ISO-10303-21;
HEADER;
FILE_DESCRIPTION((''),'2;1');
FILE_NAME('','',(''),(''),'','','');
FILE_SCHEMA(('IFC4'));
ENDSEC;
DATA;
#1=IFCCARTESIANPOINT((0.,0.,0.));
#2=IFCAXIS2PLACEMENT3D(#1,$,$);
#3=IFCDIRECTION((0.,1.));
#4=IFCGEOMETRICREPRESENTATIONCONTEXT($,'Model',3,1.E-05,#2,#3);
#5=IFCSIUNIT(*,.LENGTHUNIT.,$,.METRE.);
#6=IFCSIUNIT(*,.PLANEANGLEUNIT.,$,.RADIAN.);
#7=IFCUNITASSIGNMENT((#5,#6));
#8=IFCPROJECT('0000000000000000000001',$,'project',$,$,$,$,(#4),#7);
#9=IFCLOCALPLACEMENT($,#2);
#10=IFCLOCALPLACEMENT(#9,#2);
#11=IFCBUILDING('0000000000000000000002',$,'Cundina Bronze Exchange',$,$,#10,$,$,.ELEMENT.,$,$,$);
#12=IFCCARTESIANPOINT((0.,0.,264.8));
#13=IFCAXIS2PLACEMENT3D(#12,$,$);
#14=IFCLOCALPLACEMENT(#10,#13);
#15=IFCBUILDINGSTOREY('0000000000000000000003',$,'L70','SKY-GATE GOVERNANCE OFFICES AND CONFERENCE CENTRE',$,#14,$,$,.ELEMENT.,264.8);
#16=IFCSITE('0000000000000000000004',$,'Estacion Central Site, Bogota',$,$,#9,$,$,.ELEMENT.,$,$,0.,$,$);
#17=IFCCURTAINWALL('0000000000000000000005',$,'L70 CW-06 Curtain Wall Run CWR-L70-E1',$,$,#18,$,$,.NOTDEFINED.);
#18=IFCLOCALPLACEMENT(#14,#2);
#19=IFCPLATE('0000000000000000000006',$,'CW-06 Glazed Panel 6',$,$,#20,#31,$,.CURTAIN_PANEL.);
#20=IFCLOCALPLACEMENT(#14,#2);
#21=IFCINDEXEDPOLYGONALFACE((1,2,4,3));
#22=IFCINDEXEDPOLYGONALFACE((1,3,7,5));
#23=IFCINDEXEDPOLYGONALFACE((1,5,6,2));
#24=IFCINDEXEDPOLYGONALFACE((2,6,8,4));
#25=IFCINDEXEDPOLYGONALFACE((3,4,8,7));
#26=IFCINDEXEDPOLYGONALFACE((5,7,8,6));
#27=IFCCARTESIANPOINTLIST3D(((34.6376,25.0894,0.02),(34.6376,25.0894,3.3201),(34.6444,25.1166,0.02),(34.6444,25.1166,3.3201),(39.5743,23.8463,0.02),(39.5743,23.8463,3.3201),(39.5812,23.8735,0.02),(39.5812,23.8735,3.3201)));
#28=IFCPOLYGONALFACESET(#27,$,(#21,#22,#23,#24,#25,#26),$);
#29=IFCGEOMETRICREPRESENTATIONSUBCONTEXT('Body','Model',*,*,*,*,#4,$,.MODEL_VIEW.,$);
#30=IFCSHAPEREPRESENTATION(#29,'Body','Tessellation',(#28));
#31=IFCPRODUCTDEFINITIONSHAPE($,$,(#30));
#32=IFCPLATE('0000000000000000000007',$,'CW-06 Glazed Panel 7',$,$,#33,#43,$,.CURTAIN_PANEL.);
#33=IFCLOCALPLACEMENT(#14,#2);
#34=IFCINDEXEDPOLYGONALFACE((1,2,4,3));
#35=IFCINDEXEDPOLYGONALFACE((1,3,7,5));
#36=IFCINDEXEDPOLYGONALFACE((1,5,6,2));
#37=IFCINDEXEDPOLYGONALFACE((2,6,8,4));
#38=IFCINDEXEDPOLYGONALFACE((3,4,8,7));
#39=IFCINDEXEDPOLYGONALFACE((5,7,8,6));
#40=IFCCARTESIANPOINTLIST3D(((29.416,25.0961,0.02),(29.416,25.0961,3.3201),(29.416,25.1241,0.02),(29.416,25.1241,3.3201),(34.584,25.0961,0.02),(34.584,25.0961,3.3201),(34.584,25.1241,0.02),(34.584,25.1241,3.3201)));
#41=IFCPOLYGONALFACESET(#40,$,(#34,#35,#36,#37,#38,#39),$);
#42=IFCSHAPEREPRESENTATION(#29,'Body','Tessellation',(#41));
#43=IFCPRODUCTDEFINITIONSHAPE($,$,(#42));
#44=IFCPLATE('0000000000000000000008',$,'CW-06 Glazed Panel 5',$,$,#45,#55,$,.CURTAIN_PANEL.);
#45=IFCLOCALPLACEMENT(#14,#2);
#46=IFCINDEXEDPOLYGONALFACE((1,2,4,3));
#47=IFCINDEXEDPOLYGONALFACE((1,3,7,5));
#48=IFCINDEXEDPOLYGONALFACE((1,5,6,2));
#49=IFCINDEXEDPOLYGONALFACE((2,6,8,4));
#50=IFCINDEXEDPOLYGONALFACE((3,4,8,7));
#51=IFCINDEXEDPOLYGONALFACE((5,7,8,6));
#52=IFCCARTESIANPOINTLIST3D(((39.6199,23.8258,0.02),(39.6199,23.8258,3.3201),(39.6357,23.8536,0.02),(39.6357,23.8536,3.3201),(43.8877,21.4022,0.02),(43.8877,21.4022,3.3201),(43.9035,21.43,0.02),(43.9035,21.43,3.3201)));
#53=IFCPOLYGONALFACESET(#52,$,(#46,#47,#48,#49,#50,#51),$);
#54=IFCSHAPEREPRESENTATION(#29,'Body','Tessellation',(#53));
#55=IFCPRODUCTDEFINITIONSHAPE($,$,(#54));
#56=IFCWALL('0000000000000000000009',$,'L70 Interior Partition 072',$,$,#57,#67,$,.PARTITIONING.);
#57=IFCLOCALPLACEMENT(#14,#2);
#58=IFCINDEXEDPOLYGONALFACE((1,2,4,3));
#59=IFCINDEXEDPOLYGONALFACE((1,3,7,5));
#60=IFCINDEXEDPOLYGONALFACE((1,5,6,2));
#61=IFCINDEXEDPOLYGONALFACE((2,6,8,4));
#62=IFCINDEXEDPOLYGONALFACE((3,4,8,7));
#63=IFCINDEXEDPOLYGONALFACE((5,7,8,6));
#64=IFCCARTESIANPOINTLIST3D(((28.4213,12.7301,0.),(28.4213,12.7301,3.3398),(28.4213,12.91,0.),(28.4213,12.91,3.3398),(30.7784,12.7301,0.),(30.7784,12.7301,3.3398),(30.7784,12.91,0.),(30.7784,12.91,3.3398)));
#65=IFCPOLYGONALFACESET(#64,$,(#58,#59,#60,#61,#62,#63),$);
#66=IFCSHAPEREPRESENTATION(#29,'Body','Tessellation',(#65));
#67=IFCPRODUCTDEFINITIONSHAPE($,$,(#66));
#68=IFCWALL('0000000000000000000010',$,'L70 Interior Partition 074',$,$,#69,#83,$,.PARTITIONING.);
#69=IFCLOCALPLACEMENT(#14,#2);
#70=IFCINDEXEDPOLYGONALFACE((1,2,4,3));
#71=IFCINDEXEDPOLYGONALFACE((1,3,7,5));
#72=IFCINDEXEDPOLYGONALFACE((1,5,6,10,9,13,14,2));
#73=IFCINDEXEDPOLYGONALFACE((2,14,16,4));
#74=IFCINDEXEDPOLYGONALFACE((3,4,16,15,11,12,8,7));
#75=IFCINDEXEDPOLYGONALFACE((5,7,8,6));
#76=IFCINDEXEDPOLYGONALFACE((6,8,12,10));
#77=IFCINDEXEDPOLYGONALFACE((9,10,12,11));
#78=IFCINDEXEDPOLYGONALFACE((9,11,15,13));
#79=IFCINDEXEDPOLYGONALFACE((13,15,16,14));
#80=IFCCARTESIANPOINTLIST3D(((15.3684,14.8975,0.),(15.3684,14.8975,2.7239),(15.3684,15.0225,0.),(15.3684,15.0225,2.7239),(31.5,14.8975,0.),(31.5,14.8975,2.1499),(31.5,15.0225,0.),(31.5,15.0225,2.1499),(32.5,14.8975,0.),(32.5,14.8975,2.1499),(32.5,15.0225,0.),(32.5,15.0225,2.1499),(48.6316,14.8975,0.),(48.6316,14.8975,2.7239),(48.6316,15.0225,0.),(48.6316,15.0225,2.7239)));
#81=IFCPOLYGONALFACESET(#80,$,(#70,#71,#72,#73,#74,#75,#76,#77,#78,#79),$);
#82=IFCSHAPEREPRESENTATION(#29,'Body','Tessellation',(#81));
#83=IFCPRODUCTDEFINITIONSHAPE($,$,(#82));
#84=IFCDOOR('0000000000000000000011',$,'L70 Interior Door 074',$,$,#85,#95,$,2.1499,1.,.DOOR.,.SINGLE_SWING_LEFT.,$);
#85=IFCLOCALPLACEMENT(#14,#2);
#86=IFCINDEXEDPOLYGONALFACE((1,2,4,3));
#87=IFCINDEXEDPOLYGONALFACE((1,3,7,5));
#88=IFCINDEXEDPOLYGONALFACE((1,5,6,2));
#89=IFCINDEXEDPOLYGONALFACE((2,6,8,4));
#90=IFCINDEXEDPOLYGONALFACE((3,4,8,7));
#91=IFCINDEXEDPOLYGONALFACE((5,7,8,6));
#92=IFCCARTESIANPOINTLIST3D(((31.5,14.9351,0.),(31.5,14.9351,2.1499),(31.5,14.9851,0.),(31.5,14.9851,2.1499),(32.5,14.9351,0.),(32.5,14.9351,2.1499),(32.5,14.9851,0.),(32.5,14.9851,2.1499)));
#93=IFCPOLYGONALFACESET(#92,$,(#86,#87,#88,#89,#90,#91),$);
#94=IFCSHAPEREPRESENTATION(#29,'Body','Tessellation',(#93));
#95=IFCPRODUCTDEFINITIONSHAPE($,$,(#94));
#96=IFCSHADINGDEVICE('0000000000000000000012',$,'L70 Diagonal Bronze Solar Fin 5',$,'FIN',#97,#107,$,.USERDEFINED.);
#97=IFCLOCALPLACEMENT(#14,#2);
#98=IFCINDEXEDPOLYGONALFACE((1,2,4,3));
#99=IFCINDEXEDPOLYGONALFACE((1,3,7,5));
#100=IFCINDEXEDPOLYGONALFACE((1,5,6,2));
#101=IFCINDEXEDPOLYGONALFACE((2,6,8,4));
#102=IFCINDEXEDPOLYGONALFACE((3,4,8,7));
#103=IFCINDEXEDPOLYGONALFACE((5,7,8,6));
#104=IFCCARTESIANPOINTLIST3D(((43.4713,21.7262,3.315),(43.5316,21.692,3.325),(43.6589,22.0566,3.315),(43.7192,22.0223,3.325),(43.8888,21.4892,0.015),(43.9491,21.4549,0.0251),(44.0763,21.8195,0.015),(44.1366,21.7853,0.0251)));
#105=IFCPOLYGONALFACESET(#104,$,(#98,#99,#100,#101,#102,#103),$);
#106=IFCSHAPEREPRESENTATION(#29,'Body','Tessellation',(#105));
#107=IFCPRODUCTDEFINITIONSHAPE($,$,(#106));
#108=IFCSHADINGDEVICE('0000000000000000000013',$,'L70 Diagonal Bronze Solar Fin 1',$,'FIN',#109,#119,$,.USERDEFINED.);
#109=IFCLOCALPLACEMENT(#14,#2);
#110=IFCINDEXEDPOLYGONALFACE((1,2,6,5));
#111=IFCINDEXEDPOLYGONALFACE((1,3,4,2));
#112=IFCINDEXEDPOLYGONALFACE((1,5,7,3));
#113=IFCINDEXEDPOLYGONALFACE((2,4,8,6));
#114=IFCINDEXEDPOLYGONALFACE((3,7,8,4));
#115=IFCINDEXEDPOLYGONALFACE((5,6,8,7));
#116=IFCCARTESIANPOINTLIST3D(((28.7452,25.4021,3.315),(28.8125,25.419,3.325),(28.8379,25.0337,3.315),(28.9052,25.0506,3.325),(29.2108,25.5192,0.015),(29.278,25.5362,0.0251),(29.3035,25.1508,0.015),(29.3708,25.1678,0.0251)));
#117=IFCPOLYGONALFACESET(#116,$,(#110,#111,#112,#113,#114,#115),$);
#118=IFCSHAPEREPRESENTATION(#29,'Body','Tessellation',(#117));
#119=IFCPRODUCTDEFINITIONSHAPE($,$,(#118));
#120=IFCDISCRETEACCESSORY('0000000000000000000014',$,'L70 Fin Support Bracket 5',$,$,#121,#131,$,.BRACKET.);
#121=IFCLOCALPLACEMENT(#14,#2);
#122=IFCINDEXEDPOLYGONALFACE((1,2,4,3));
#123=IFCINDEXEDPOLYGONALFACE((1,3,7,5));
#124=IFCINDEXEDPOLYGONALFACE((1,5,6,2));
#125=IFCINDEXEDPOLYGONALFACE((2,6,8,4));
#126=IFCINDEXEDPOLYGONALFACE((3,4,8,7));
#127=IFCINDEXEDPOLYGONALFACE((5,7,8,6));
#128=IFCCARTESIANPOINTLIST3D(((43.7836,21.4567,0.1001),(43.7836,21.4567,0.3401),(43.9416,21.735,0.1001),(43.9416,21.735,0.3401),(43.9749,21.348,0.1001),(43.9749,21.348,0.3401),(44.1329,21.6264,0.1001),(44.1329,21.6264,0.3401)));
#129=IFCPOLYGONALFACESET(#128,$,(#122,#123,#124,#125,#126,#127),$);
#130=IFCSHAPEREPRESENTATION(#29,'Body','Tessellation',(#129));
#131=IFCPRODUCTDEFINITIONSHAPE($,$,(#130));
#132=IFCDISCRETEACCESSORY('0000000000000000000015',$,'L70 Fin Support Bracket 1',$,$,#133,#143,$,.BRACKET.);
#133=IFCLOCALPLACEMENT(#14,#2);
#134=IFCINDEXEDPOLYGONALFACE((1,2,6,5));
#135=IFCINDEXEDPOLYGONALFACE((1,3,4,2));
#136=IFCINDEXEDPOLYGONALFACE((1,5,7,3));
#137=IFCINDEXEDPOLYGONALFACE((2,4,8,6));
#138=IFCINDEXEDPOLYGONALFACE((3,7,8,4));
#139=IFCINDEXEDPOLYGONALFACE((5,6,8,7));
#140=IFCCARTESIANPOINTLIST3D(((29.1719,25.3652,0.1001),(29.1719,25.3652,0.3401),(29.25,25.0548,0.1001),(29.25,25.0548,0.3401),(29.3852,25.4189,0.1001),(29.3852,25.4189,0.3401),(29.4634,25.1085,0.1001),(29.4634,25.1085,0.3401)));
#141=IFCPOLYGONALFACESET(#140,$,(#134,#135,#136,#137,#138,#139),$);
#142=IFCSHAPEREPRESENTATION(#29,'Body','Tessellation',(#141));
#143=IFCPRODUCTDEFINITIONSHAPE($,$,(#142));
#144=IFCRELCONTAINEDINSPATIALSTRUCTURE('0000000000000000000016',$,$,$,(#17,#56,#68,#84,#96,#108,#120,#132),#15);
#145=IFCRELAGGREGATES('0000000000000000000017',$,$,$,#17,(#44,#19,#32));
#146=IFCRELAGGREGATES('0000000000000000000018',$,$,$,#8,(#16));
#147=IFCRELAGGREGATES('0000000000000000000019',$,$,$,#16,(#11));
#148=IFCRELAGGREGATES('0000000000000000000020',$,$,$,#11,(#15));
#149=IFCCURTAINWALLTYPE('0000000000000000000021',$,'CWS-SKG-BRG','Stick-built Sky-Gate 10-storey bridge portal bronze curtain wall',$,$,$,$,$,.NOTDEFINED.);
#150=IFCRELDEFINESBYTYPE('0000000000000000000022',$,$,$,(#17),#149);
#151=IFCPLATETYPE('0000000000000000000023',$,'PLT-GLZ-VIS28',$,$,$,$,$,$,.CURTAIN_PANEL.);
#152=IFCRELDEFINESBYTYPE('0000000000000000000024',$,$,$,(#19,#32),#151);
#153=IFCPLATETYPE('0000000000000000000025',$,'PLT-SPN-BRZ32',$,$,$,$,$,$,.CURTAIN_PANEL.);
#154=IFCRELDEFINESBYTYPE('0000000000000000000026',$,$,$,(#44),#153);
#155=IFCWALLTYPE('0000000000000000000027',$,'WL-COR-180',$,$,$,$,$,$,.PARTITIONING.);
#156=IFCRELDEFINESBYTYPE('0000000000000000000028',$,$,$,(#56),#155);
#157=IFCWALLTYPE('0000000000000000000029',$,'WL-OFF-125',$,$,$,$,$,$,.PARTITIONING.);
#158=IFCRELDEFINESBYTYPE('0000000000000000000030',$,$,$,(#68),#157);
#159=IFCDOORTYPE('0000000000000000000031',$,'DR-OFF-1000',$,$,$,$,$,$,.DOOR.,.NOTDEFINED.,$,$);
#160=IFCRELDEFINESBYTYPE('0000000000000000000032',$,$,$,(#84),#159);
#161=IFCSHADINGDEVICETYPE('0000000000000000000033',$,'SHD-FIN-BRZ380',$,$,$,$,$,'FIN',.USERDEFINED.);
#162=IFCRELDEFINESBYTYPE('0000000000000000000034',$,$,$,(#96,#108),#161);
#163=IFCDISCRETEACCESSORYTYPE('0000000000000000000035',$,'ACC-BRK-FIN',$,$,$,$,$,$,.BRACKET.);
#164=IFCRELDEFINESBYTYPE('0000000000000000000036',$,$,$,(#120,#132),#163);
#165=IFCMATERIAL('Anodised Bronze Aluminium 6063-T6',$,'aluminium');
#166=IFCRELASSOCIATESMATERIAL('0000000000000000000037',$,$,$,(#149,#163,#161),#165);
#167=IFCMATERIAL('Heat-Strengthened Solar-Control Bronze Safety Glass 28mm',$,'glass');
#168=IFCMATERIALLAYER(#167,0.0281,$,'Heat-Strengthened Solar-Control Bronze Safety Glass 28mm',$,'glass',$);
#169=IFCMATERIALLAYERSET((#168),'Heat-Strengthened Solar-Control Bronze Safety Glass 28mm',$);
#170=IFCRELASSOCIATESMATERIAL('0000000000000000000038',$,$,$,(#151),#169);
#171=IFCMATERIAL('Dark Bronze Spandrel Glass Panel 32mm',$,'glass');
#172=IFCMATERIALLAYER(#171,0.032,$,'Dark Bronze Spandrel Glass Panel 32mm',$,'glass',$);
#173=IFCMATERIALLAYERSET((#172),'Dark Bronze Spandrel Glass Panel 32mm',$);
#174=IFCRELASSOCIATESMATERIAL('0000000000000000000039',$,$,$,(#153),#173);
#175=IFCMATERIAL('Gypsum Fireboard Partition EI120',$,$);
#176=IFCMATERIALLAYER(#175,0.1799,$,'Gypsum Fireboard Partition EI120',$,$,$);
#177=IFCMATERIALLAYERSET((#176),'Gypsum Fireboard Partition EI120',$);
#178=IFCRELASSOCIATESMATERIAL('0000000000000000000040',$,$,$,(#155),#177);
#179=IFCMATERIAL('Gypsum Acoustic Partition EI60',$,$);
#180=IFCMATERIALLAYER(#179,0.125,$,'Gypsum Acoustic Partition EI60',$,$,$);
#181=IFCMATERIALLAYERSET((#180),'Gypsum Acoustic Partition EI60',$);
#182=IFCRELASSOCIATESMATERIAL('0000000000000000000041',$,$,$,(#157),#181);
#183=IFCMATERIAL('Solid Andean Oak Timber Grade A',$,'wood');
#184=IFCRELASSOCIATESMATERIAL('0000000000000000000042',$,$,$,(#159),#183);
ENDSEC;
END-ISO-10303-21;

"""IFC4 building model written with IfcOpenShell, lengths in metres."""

from ifc_helpers import new_model, si_unit, direction, frame, frame_2d, origin, origin_2d, place, context, subcontext, project, spatial, rectangle, extrude, material, layer, layer_set, material_profile, profile_set, type_object, element, fill, aggregate, save


model = new_model("IFC4")

# Units and contexts
model_context = context("Model", 3, precision=1e-05, world=origin(), true_north=direction((0.0, 1.0)))
body_context = subcontext(model_context, "Body", "Model", "MODEL_VIEW")
ifc_project = project(units=[si_unit("LENGTHUNIT", "METRE"), si_unit("PLANEANGLEUNIT", "RADIAN")], contexts=[model_context])

# Site, building, storey
site_placement = place(None, origin())
site = spatial("IfcSite", under=ifc_project, at=site_placement, Name="Estacion Central Site, Bogota", CompositionType="ELEMENT", RefElevation=0.0)
building_placement = place(site_placement, origin())
building = spatial("IfcBuilding", under=site, at=building_placement, Name="Cundina Bronze Exchange", CompositionType="ELEMENT")
storey_placement = place(building_placement, frame((0.0, 0.0, 264.8)))
storey = spatial("IfcBuildingStorey", under=building, at=storey_placement, Name="L70", Description="SKY-GATE GOVERNANCE OFFICES AND CONFERENCE CENTRE", CompositionType="ELEMENT", Elevation=264.8)

# Curtain wall
ifc_material_1 = material(Name="Anodised Bronze Aluminium 6063-T6", Category="aluminium")
curtain_wall_type = type_object("IfcCurtainWallType", Name="CWS-SKG-BRG", Description="Stick-built Sky-Gate 10-storey bridge portal bronze curtain wall", PredefinedType="NOTDEFINED", material=ifc_material_1)
curtain_wall_1_placement = place(storey_placement, origin())
curtain_wall_1 = element("IfcCurtainWall", 1, at=curtain_wall_1_placement, inside=storey, type_object=curtain_wall_type, Name="L70 CW-06 Curtain Wall Run CWR-L70-E1", PredefinedType="NOTDEFINED")

# Plates
ifc_material_2 = material(Name="Heat-Strengthened Solar-Control Bronze Safety Glass 28mm", Category="glass")
ifc_layer_1 = layer(ifc_material_2, 0.0281, Name="Heat-Strengthened Solar-Control Bronze Safety Glass 28mm", Category="glass")
ifc_layer_set_1 = layer_set([ifc_layer_1], Name="Heat-Strengthened Solar-Control Bronze Safety Glass 28mm")
plate_type_1 = type_object("IfcPlateType", Name="PLT-GLZ-VIS28", PredefinedType="CURTAIN_PANEL", material=ifc_layer_set_1)
plate_1_placement = place(storey_placement, frame((37.1094, 24.4814, 0.02), z_axis=(0.0, 0.0, 1.0), x_axis=(-0.969732, 0.244174, 0.0)))
plate_1 = element("IfcPlate", 2, at=plate_1_placement, type_object=plate_type_1, Name="CW-06 Glazed Panel 6", PredefinedType="CURTAIN_PANEL", context=body_context, shape_type="SweptSolid", body=[
    extrude(rectangle(XDim=5.0908, YDim=0.0281, at=origin_2d()), origin(), (0.0, 0.0, 1.0), 3.3),
])
plate_2_placement = place(storey_placement, frame((32.0, 25.1101, 0.02), z_axis=(0.0, 0.0, 1.0), x_axis=(-1.0, 0.0, 0.0)))
plate_2 = element("IfcPlate", 3, at=plate_2_placement, type_object=plate_type_1, Name="CW-06 Glazed Panel 7", PredefinedType="CURTAIN_PANEL", context=body_context, shape_type="SweptSolid", body=[
    extrude(rectangle(XDim=5.168, YDim=0.0281, at=origin_2d()), origin(), (0.0, 0.0, 1.0), 3.3),
])
ifc_material_3 = material(Name="Dark Bronze Spandrel Glass Panel 32mm", Category="glass")
ifc_layer_2 = layer(ifc_material_3, 0.032, Name="Dark Bronze Spandrel Glass Panel 32mm", Category="glass")
ifc_layer_set_2 = layer_set([ifc_layer_2], Name="Dark Bronze Spandrel Glass Panel 32mm")
plate_type_2 = type_object("IfcPlateType", Name="PLT-SPN-BRZ32", PredefinedType="CURTAIN_PANEL", material=ifc_layer_set_2)
plate_3_placement = place(storey_placement, frame((41.7617, 22.6279, 0.02), z_axis=(0.0, 0.0, 1.0), x_axis=(-0.869573, 0.493805, 0.0)))
plate_3 = element("IfcPlate", 4, at=plate_3_placement, type_object=plate_type_2, Name="CW-06 Glazed Panel 5", PredefinedType="CURTAIN_PANEL", context=body_context, shape_type="SweptSolid", body=[
    extrude(rectangle(XDim=4.908, YDim=0.032, at=origin_2d()), origin(), (0.0, 0.0, 1.0), 3.3),
])
aggregate(curtain_wall_1, [plate_3, plate_1, plate_2])

# Wall
ifc_material_4 = material(Name="Gypsum Fireboard Partition EI120")
ifc_layer_3 = layer(ifc_material_4, 0.1799, Name="Gypsum Fireboard Partition EI120")
ifc_layer_set_3 = layer_set([ifc_layer_3], Name="Gypsum Fireboard Partition EI120")
wall_type_1 = type_object("IfcWallType", Name="WL-COR-180", PredefinedType="PARTITIONING", material=ifc_layer_set_3)
wall_1_placement = place(storey_placement, frame((30.7786, 12.8201, 0.0), z_axis=(0.0, 0.0, 1.0), x_axis=(-1.0, 0.0, 0.0)))
element("IfcWall", 5, at=wall_1_placement, inside=storey, type_object=wall_type_1, Name="L70 Interior Partition 072", PredefinedType="PARTITIONING", context=body_context, shape_type="SweptSolid", body=[
    extrude(rectangle(XDim=2.3572, YDim=0.1799, at=frame_2d((1.1787, 0.0))), origin(), (0.0, 0.0, 1.0), 3.3398),
])

# Wall, opening, door
ifc_material_5 = material(Name="Gypsum Acoustic Partition EI60")
ifc_layer_4 = layer(ifc_material_5, 0.125, Name="Gypsum Acoustic Partition EI60")
ifc_layer_set_4 = layer_set([ifc_layer_4], Name="Gypsum Acoustic Partition EI60")
wall_type_2 = type_object("IfcWallType", Name="WL-OFF-125", PredefinedType="PARTITIONING", material=ifc_layer_set_4)
wall_2_placement = place(storey_placement, frame((48.6316, 14.96, 0.0), z_axis=(0.0, 0.0, 1.0), x_axis=(-1.0, 0.0, 0.0)))
wall_2 = element("IfcWall", 6, at=wall_2_placement, inside=storey, type_object=wall_type_2, Name="L70 Interior Partition 074", PredefinedType="PARTITIONING", context=body_context, shape_type="SweptSolid", body=[
    extrude(rectangle(XDim=33.2632, YDim=0.125, at=frame_2d((16.6316, 0.0))), origin(), (0.0, 0.0, 1.0), 2.7239),
])
opening_placement = place(wall_2_placement, frame((16.1316, 0.0, 0.0)))
opening = element("IfcOpeningElement", 7, at=opening_placement, cuts=wall_2, PredefinedType="OPENING", context=body_context, shape_type="SweptSolid", body=[
    extrude(rectangle(XDim=1.0, YDim=2.1499, at=frame_2d((0.5, 1.075))), frame((0.0, 0.0725, 0.0), z_axis=(0.0, -1.0, 0.0), x_axis=(1.0, 0.0, 0.0)), (0.0, 0.0, 1.0), 0.145),
])
ifc_material_6 = material(Name="Solid Andean Oak Timber Grade A", Category="wood")
door_type = type_object("IfcDoorType", Name="DR-OFF-1000", OperationType="NOTDEFINED", PredefinedType="DOOR", material=ifc_material_6)
door_placement = place(opening_placement, origin())
door = element("IfcDoor", 8, at=door_placement, inside=storey, type_object=door_type, Name="L70 Interior Door 074", OperationType="SINGLE_SWING_LEFT", OverallHeight=2.1499, OverallWidth=1.0, PredefinedType="DOOR", context=body_context, shape_type="SweptSolid", body=[
    extrude(rectangle(XDim=1.0, YDim=2.1499, at=frame_2d((0.5, 1.075))), frame((0.0, 0.0249, 0.0), z_axis=(0.0, -1.0, 0.0), x_axis=(1.0, 0.0, 0.0)), (0.0, 0.0, 1.0), 0.05),
])
fill(opening, door)

# Shading devices
ifc_material_profile_1 = material_profile(ifc_material_1, rectangle(XDim=0.0701, YDim=0.3799, at=origin_2d()), Name="FIN70X380", Category="aluminium")
ifc_profile_set_1 = profile_set([ifc_material_profile_1], Name="Anodised Bronze Aluminium 6063-T6")
shading_device_type = type_object("IfcShadingDeviceType", Name="SHD-FIN-BRZ380", ElementType="FIN", PredefinedType="USERDEFINED", material=ifc_profile_set_1)
for number, where, z_axis, x_axis, name in (
    (9, (44.0127, 21.6372, 0.02), (-0.12519, 0.071087, 0.989583), (0.860527, -0.488638, 0.143965), "L70 Diagonal Bronze Solar Fin 5"),
    (10, (29.2908, 25.3435, 0.02), (-0.139612, -0.035141, 0.989583), (0.95965, 0.241548, 0.143967), "L70 Diagonal Bronze Solar Fin 1"),
):
    element("IfcShadingDevice", number, at=place(storey_placement, frame(where, z_axis=z_axis, x_axis=x_axis)), inside=storey, type_object=shading_device_type, Name=name, ObjectType="FIN", PredefinedType="USERDEFINED", context=body_context, shape_type="SweptSolid", body=[
        extrude(rectangle(XDim=0.0701, YDim=0.3799, at=origin_2d()), origin(), (0.0, 0.0, 1.0), 3.3347),
    ])

# Discrete accessories
discrete_accessory_type = type_object("IfcDiscreteAccessoryType", Name="ACC-BRK-FIN", PredefinedType="BRACKET", material=ifc_material_1)
for number, where, z_axis, x_axis, name in (
    (11, (43.9583, 21.5415, 0.1001), (0.0, 0.0, 1.0), (-0.869573, 0.493805, 0.0), "L70 Fin Support Bracket 5"),
    (12, (29.3176, 25.2368, 0.1001), (0.0, 0.0, 1.0), (-0.969732, -0.244174, 0.0), "L70 Fin Support Bracket 1"),
):
    element("IfcDiscreteAccessory", number, at=place(storey_placement, frame(where, z_axis=z_axis, x_axis=x_axis)), inside=storey, type_object=discrete_accessory_type, Name=name, PredefinedType="BRACKET", context=body_context, shape_type="SweptSolid", body=[
        extrude(rectangle(XDim=0.22, YDim=0.3201, at=origin_2d()), origin(), (0.0, 0.0, 1.0), 0.24),
    ])

save(model, "model.ifc")
